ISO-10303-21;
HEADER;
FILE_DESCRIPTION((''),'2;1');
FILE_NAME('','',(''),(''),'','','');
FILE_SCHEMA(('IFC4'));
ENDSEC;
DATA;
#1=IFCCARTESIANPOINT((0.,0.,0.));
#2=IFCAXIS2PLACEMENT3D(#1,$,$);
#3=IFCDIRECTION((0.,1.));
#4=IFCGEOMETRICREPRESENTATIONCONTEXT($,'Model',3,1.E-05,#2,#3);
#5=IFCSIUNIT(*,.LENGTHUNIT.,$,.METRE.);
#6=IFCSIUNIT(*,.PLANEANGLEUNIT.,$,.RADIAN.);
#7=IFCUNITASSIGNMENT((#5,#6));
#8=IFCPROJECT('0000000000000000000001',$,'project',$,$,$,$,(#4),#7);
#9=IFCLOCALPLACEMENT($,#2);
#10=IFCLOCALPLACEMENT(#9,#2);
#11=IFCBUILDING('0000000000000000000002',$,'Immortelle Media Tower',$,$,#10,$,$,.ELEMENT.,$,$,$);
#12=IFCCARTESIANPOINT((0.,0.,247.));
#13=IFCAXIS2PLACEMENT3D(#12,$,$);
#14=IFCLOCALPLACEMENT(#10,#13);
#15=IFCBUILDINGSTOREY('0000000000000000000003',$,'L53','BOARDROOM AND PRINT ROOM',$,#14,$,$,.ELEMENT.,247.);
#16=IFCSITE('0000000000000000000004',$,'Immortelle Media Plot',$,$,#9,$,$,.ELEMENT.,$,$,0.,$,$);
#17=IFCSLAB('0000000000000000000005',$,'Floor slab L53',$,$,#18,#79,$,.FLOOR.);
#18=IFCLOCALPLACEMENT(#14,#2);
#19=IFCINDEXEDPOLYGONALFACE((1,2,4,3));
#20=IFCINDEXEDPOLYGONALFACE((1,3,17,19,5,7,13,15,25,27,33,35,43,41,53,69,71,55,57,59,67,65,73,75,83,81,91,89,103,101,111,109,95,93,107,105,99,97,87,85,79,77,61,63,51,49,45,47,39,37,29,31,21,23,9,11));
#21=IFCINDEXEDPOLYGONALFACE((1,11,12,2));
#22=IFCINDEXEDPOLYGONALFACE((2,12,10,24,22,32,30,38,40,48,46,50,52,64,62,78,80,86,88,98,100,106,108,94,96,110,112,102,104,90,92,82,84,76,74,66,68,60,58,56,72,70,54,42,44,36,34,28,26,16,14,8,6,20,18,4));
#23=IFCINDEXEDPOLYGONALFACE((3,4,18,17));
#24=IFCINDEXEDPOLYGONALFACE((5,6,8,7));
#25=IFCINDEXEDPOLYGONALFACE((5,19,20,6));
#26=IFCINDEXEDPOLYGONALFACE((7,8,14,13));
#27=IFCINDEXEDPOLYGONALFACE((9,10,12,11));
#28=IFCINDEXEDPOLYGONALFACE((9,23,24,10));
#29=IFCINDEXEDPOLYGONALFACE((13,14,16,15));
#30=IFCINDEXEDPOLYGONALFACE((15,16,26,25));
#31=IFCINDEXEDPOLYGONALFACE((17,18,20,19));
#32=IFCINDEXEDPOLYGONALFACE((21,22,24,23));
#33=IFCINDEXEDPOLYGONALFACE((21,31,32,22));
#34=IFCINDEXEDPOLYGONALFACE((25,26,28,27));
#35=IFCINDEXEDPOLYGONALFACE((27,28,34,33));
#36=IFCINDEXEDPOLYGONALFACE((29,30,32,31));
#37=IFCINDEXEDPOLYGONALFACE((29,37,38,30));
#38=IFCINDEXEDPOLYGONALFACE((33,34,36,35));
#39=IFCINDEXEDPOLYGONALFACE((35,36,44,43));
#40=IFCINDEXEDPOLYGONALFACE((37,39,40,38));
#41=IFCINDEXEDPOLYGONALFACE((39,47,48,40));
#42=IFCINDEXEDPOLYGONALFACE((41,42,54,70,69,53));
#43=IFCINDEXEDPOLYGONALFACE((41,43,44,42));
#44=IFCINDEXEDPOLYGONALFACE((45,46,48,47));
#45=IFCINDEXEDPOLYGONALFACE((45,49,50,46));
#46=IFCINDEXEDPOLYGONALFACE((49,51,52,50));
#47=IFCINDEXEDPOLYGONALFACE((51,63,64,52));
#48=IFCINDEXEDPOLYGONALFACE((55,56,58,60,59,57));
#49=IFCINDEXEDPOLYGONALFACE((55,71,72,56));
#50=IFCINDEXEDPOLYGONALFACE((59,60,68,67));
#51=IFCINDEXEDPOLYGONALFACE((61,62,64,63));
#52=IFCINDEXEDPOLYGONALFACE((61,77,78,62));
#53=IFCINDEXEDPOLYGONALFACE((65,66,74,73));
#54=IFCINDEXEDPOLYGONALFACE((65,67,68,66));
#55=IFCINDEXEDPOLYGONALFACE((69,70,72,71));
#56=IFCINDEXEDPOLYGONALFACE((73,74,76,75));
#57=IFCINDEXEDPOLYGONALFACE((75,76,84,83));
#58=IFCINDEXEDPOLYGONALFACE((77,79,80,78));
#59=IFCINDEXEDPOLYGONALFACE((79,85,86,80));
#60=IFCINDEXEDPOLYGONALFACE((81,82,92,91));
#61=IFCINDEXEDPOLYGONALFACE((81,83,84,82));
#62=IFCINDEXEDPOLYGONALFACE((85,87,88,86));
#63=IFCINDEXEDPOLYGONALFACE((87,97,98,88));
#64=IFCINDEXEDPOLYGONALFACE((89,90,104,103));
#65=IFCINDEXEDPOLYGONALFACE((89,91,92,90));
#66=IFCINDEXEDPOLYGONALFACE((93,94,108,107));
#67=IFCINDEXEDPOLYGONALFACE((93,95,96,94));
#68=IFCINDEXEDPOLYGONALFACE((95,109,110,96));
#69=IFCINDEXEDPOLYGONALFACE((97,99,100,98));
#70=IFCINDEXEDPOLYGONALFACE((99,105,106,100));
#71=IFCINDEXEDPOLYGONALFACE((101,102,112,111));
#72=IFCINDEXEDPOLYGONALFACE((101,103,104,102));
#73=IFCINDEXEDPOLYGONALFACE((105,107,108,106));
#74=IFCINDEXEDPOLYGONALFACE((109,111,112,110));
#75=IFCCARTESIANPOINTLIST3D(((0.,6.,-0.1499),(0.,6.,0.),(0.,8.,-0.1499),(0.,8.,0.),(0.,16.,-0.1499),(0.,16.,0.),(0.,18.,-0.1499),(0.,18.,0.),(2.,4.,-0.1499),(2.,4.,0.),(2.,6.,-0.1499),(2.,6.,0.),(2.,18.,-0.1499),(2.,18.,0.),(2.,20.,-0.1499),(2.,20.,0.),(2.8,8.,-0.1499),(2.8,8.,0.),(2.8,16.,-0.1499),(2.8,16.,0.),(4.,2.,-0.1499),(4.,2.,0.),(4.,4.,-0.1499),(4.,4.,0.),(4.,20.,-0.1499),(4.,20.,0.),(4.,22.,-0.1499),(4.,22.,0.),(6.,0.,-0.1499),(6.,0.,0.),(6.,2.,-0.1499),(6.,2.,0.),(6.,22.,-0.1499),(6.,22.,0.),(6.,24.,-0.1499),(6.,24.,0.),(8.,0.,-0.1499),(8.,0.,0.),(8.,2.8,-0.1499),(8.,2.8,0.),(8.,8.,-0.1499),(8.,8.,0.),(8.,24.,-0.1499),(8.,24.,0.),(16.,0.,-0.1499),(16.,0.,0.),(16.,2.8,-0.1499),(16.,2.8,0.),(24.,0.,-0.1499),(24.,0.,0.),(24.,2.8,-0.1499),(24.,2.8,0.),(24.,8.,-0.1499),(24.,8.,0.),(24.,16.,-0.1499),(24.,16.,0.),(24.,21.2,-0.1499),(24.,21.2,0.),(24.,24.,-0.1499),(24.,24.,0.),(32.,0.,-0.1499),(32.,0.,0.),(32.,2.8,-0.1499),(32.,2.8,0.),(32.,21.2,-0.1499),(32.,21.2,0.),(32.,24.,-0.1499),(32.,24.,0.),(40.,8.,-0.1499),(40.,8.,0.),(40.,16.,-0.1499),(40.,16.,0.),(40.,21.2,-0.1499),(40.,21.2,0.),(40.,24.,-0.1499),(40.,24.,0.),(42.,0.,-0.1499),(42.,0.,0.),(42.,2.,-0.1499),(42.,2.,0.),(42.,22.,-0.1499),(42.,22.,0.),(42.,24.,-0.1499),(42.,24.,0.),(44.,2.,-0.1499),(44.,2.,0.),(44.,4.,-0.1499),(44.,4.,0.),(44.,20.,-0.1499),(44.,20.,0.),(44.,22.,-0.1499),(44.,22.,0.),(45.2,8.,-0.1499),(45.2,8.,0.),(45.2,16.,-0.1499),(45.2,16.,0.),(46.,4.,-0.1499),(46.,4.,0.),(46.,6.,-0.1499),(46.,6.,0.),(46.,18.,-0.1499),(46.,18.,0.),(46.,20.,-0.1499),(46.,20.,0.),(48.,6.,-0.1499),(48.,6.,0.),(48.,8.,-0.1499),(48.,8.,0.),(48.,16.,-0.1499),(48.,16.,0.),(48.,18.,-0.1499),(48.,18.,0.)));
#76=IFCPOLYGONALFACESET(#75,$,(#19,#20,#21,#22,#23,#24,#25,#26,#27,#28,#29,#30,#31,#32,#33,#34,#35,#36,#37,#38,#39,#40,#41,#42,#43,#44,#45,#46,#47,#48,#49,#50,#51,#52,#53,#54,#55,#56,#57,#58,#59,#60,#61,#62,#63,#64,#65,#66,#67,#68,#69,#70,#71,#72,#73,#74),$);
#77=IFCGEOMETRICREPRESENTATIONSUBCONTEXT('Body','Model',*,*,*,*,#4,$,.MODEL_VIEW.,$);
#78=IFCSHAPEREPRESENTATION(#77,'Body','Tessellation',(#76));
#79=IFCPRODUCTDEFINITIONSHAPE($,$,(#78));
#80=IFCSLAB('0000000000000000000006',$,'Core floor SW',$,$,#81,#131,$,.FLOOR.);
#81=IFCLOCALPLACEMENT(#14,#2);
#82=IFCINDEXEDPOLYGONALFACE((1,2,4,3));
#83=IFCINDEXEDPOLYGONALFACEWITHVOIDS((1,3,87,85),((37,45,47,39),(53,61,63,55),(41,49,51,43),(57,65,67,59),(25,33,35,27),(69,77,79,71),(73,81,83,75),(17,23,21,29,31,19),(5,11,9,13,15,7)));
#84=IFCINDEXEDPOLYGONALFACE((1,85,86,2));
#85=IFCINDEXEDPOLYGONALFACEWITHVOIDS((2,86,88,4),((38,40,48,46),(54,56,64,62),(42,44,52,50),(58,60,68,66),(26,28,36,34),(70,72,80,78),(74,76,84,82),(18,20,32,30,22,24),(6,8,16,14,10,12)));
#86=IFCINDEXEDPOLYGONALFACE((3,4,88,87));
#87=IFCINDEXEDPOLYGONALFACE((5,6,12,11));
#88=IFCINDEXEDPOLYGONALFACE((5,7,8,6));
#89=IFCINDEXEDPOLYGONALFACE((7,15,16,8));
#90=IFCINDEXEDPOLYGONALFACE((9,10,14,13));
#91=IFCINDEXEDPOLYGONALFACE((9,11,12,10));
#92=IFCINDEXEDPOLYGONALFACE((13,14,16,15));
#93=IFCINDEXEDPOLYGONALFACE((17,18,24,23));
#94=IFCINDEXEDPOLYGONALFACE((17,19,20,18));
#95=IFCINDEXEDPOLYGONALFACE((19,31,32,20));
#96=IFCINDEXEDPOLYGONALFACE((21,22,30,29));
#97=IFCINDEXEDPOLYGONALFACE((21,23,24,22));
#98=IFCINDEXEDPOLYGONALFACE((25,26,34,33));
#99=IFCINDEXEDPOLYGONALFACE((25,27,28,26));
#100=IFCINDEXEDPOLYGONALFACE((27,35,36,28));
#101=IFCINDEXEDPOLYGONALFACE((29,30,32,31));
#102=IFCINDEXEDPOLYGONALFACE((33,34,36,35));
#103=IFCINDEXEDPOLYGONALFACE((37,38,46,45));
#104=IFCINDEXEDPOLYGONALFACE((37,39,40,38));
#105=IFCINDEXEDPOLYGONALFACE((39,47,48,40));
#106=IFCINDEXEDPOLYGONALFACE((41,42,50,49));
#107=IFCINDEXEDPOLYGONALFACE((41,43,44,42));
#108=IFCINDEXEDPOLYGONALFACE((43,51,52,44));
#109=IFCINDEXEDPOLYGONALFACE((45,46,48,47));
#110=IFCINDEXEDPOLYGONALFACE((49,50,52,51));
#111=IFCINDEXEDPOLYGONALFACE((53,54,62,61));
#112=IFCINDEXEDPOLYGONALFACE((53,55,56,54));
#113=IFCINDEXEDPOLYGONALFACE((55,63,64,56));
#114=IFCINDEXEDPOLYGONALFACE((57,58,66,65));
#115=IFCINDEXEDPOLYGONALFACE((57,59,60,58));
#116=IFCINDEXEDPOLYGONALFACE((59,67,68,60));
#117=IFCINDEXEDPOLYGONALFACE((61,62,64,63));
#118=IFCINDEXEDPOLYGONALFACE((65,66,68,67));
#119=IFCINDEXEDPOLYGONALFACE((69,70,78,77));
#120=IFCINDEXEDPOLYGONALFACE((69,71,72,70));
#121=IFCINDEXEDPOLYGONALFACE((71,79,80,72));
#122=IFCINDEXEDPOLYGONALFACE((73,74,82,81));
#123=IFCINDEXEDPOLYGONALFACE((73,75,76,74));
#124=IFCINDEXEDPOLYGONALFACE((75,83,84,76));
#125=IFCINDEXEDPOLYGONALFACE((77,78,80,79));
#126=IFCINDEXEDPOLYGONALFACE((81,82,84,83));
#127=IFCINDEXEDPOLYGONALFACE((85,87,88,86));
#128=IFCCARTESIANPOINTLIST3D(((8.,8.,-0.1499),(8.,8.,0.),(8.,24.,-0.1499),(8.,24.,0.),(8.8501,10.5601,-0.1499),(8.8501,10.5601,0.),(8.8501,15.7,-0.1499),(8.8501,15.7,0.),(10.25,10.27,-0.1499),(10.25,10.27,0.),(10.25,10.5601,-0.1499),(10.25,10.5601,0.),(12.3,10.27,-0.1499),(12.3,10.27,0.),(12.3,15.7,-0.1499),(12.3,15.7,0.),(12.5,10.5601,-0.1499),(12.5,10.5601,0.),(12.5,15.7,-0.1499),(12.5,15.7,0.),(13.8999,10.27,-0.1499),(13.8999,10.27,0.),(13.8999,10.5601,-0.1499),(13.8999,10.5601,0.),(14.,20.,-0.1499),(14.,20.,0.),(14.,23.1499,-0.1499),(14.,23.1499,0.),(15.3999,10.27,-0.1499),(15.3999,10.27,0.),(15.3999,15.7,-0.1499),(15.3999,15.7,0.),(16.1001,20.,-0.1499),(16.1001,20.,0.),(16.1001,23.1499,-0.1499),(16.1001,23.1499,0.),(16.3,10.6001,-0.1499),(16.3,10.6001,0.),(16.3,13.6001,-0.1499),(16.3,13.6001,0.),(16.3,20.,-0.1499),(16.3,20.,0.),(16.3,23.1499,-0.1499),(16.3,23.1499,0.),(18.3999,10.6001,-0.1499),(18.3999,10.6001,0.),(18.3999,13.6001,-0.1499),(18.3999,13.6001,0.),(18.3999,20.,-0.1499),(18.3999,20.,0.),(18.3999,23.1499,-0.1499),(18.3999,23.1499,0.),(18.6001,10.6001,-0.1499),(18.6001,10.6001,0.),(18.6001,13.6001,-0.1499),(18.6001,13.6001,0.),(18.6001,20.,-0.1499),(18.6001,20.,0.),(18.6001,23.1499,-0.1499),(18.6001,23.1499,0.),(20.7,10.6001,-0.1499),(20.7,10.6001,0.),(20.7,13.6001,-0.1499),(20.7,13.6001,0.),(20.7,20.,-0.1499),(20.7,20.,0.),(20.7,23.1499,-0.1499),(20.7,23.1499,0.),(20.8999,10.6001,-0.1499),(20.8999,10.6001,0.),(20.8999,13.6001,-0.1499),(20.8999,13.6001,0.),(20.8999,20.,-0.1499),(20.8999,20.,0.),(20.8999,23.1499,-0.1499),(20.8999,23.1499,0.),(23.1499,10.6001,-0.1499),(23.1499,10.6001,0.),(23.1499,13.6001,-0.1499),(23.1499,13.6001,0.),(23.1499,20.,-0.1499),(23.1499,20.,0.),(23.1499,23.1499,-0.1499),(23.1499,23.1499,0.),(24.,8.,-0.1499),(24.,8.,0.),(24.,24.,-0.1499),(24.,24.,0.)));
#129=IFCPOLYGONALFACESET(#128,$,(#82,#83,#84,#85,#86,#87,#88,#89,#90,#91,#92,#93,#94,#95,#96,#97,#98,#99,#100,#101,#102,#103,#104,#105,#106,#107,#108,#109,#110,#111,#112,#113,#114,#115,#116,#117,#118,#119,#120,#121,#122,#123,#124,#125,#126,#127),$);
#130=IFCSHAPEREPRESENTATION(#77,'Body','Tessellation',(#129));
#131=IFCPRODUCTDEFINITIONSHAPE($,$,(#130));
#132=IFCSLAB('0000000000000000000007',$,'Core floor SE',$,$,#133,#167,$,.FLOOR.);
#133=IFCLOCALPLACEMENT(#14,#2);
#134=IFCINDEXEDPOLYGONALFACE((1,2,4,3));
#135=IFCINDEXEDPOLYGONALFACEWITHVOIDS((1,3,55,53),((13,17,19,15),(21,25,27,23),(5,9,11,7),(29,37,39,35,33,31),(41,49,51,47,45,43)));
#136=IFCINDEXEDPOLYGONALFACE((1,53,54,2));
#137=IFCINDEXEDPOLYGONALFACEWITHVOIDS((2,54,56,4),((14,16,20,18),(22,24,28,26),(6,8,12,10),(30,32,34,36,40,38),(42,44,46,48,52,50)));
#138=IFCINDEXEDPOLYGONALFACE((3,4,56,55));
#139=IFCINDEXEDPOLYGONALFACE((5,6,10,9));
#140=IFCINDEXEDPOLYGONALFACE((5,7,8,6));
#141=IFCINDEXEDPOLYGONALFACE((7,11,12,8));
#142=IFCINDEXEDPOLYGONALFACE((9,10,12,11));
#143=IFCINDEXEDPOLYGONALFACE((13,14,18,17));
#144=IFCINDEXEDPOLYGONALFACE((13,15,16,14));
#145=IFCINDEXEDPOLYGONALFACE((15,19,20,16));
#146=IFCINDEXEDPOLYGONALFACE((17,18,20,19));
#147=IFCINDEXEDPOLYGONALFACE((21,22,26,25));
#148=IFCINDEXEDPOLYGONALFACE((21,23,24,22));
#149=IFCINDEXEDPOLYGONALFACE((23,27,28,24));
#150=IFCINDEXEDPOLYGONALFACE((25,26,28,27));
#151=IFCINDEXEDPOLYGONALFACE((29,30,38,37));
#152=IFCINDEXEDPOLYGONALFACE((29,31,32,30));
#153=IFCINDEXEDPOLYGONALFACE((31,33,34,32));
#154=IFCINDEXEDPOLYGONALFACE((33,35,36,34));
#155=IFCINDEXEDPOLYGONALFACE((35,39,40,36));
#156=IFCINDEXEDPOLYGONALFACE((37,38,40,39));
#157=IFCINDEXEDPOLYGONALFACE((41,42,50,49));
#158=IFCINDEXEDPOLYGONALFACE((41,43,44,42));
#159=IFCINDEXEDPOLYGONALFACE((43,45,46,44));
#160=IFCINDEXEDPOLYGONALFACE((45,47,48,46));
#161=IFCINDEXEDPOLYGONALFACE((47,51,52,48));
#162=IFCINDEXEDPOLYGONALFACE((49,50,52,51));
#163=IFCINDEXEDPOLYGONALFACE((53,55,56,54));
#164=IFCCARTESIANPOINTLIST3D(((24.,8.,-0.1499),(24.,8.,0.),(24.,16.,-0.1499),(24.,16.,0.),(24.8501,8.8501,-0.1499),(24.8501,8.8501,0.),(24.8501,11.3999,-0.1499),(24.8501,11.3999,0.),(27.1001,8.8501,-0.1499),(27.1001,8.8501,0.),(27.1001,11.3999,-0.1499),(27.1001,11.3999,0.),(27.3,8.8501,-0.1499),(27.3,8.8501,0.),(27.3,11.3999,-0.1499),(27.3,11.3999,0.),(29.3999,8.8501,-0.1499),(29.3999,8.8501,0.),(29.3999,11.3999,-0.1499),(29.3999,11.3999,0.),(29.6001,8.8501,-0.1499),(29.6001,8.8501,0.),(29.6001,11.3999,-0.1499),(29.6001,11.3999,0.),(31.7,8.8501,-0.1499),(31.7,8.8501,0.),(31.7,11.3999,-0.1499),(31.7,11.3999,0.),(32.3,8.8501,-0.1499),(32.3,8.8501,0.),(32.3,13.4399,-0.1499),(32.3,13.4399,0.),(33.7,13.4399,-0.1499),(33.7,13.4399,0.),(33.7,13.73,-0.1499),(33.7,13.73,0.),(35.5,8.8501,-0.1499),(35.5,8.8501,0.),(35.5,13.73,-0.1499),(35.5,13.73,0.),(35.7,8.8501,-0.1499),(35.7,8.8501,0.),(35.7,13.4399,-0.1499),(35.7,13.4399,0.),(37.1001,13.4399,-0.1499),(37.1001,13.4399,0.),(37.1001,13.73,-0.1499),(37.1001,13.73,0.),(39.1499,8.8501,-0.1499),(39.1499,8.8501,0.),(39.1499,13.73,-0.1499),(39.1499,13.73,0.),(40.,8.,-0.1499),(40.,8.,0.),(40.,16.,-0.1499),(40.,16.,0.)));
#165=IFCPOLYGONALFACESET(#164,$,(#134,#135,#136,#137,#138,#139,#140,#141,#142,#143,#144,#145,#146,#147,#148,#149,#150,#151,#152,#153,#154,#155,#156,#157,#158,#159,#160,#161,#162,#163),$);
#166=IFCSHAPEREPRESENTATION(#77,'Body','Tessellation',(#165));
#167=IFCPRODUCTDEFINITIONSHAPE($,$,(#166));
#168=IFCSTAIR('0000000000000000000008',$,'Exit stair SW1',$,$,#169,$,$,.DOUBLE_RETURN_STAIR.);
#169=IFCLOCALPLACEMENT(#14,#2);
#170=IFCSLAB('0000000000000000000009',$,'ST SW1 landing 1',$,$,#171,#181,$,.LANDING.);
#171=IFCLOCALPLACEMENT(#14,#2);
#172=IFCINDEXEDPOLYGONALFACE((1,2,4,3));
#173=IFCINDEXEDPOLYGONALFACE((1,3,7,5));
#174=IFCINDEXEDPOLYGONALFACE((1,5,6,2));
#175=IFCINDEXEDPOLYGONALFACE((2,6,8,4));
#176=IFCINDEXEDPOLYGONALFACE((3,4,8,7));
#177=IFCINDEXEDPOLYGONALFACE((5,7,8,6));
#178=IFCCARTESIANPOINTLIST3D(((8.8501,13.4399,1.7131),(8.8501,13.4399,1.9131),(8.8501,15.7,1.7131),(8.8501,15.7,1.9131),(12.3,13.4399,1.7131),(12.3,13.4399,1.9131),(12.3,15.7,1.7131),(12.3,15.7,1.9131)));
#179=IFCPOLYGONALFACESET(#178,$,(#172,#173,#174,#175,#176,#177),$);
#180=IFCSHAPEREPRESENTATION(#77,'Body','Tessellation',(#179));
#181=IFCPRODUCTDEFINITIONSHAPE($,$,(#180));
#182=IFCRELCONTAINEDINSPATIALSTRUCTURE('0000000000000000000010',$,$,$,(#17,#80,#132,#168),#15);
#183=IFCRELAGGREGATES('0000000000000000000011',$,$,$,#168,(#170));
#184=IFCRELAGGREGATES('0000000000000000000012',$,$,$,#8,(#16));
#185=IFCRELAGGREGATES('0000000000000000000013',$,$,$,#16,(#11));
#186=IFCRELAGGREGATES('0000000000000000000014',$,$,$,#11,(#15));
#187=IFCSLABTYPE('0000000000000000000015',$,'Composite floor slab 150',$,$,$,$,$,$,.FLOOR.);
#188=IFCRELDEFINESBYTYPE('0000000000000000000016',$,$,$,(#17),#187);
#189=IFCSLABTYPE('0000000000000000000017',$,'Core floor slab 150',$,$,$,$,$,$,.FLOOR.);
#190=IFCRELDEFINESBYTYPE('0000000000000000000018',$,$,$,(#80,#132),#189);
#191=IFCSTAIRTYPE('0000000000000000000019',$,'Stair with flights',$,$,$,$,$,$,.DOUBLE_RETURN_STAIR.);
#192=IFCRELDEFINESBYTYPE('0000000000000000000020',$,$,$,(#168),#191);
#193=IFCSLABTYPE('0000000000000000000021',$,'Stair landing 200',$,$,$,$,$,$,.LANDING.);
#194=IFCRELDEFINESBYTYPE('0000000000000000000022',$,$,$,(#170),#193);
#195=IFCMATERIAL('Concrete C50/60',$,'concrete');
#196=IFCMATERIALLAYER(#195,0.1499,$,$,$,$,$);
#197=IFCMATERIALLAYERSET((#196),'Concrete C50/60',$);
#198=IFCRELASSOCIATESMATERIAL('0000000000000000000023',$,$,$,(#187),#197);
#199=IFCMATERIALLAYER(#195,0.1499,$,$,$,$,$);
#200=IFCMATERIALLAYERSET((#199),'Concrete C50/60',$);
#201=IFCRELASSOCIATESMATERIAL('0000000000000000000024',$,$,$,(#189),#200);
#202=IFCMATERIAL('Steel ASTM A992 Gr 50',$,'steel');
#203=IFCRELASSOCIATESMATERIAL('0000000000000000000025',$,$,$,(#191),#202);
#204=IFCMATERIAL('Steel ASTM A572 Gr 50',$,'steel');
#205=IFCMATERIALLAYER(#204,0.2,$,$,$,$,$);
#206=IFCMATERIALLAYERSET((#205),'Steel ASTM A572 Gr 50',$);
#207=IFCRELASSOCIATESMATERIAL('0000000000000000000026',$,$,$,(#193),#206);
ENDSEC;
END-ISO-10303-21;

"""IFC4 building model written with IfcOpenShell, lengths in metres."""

from ifc_helpers import new_model, si_unit, direction, frame, origin, place, context, subcontext, project, spatial, polyline, outline, extrude, material, layer, layer_set, type_object, element, aggregate, save


model = new_model("IFC4")

# Units and contexts
model_context = context("Model", 3, precision=1e-05, world=origin(), true_north=direction((0.0, 1.0)))
body_context = subcontext(model_context, "Body", "Model", "MODEL_VIEW")
ifc_project = project(units=[si_unit("LENGTHUNIT", "METRE"), si_unit("PLANEANGLEUNIT", "RADIAN")], contexts=[model_context])

# Site, building, storey
site_placement = place(None, origin())
site = spatial("IfcSite", under=ifc_project, at=site_placement, Name="Immortelle Media Plot", CompositionType="ELEMENT", RefElevation=0.0)
building_placement = place(site_placement, origin())
building = spatial("IfcBuilding", under=site, at=building_placement, Name="Immortelle Media Tower", CompositionType="ELEMENT")
storey_placement = place(building_placement, frame((0.0, 0.0, 247.0)))
storey = spatial("IfcBuildingStorey", under=building, at=storey_placement, Name="L53", Description="BOARDROOM AND PRINT ROOM", CompositionType="ELEMENT", Elevation=247.0)

# Shared definitions
ifc_material_1 = material(Name="Steel ASTM A992 Gr 50", Category="steel")

# Slabs
ifc_material_2 = material(Name="Concrete C50/60", Category="concrete")
ifc_layer_1 = layer(ifc_material_2, 0.1499)
ifc_layer_set_1 = layer_set([ifc_layer_1], Name="Concrete C50/60")
slab_type_1 = type_object("IfcSlabType", Name="Composite floor slab 150", PredefinedType="FLOOR", material=ifc_layer_set_1)
slab_1_placement = place(storey_placement, frame((0.0, 0.0, -0.1499)))
element("IfcSlab", 1, at=slab_1_placement, inside=storey, type_object=slab_type_1, Name="Floor slab L53", PredefinedType="FLOOR", context=body_context, shape_type="SweptSolid", body=[
    extrude(outline(polyline([(6.0, 0.0), (6.0, 2.0), (4.0, 2.0), (4.0, 4.0), (2.0, 4.0), (2.0, 6.0), (0.0, 6.0), (0.0, 8.0), (2.8, 8.0), (2.8, 16.0), (0.0, 16.0), (0.0, 18.0), (2.0, 18.0), (2.0, 20.0), (4.0, 20.0), (4.0, 22.0), (6.0, 22.0), (6.0, 24.0), (8.0, 24.0), (8.0, 8.0), (24.0, 8.0), (40.0, 8.0), (40.0, 16.0), (24.0, 16.0), (24.0, 21.2), (24.0, 24.0), (32.0, 24.0), (32.0, 21.2), (40.0, 21.2), (40.0, 24.0), (42.0, 24.0), (42.0, 22.0), (44.0, 22.0), (44.0, 20.0), (46.0, 20.0), (46.0, 18.0), (48.0, 18.0), (48.0, 16.0), (45.2, 16.0), (45.2, 8.0), (48.0, 8.0), (48.0, 6.0), (46.0, 6.0), (46.0, 4.0), (44.0, 4.0), (44.0, 2.0), (42.0, 2.0), (42.0, 0.0), (32.0, 0.0), (32.0, 2.8), (24.0, 2.8), (24.0, 0.0), (16.0, 0.0), (16.0, 2.8), (8.0, 2.8), (8.0, 0.0), (6.0, 0.0)])), origin(), (0.0, 0.0, 1.0), 0.1499),
])
ifc_layer_2 = layer(ifc_material_2, 0.1499)
ifc_layer_set_2 = layer_set([ifc_layer_2], Name="Concrete C50/60")
slab_type_2 = type_object("IfcSlabType", Name="Core floor slab 150", PredefinedType="FLOOR", material=ifc_layer_set_2)
slab_2_placement = place(storey_placement, frame((0.0, 0.0, -0.1499)))
element("IfcSlab", 2, at=slab_2_placement, inside=storey, type_object=slab_type_2, Name="Core floor SW", PredefinedType="FLOOR", context=body_context, shape_type="SweptSolid", body=[
    extrude(outline(polyline([(8.0, 8.0), (24.0, 8.0), (24.0, 24.0), (8.0, 24.0), (8.0, 8.0)]), holes=[polyline([(14.0, 20.0), (16.1001, 20.0), (16.1001, 23.1499), (14.0, 23.1499), (14.0, 20.0)]), polyline([(16.3, 20.0), (18.3999, 20.0), (18.3999, 23.1499), (16.3, 23.1499), (16.3, 20.0)]), polyline([(18.6001, 20.0), (20.7, 20.0), (20.7, 23.1499), (18.6001, 23.1499), (18.6001, 20.0)]), polyline([(20.8999, 20.0), (23.1499, 20.0), (23.1499, 23.1499), (20.8999, 23.1499), (20.8999, 20.0)]), polyline([(16.3, 10.6001), (18.3999, 10.6001), (18.3999, 13.6001), (16.3, 13.6001), (16.3, 10.6001)]), polyline([(18.6001, 10.6001), (20.7, 10.6001), (20.7, 13.6001), (18.6001, 13.6001), (18.6001, 10.6001)]), polyline([(20.8999, 10.6001), (23.1499, 10.6001), (23.1499, 13.6001), (20.8999, 13.6001), (20.8999, 10.6001)]), polyline([(8.8501, 15.7), (12.3, 15.7), (12.3, 10.27), (10.25, 10.27), (10.25, 10.5601), (8.8501, 10.5601), (8.8501, 15.7)]), polyline([(12.5, 15.7), (15.3999, 15.7), (15.3999, 10.27), (13.8999, 10.27), (13.8999, 10.5601), (12.5, 10.5601), (12.5, 15.7)])]), origin(), (0.0, 0.0, 1.0), 0.1499),
])
slab_3_placement = place(storey_placement, frame((0.0, 0.0, -0.1499)))
element("IfcSlab", 3, at=slab_3_placement, inside=storey, type_object=slab_type_2, Name="Core floor SE", PredefinedType="FLOOR", context=body_context, shape_type="SweptSolid", body=[
    extrude(outline(polyline([(24.0, 8.0), (40.0, 8.0), (40.0, 16.0), (24.0, 16.0), (24.0, 8.0)]), holes=[polyline([(24.8501, 8.8501), (27.1001, 8.8501), (27.1001, 11.3999), (24.8501, 11.3999), (24.8501, 8.8501)]), polyline([(27.3, 8.8501), (29.3999, 8.8501), (29.3999, 11.3999), (27.3, 11.3999), (27.3, 8.8501)]), polyline([(29.6001, 8.8501), (31.7, 8.8501), (31.7, 11.3999), (29.6001, 11.3999), (29.6001, 8.8501)]), polyline([(35.5, 13.73), (35.5, 8.8501), (32.3, 8.8501), (32.3, 13.4399), (33.7, 13.4399), (33.7, 13.73), (35.5, 13.73)]), polyline([(39.1499, 13.73), (39.1499, 8.8501), (35.7, 8.8501), (35.7, 13.4399), (37.1001, 13.4399), (37.1001, 13.73), (39.1499, 13.73)])]), origin(), (0.0, 0.0, 1.0), 0.1499),
])

# Stair, slab
stair_type = type_object("IfcStairType", Name="Stair with flights", PredefinedType="DOUBLE_RETURN_STAIR", material=ifc_material_1)
stair_1_placement = place(storey_placement, origin())
stair_1 = element("IfcStair", 4, at=stair_1_placement, inside=storey, type_object=stair_type, Name="Exit stair SW1", PredefinedType="DOUBLE_RETURN_STAIR")
ifc_material_3 = material(Name="Steel ASTM A572 Gr 50", Category="steel")
ifc_layer_3 = layer(ifc_material_3, 0.2)
ifc_layer_set_3 = layer_set([ifc_layer_3], Name="Steel ASTM A572 Gr 50")
slab_type_3 = type_object("IfcSlabType", Name="Stair landing 200", PredefinedType="LANDING", material=ifc_layer_set_3)
slab_4_placement = place(storey_placement, frame((0.0, 0.0, 1.7131)))
slab_4 = element("IfcSlab", 5, at=slab_4_placement, type_object=slab_type_3, Name="ST SW1 landing 1", PredefinedType="LANDING", context=body_context, shape_type="SweptSolid", body=[
    extrude(outline(polyline([(8.8501, 13.4399), (12.3, 13.4399), (12.3, 15.7), (8.8501, 15.7), (8.8501, 13.4399)])), origin(), (0.0, 0.0, 1.0), 0.2),
])
aggregate(stair_1, [slab_4])

save(model, "model.ifc")
